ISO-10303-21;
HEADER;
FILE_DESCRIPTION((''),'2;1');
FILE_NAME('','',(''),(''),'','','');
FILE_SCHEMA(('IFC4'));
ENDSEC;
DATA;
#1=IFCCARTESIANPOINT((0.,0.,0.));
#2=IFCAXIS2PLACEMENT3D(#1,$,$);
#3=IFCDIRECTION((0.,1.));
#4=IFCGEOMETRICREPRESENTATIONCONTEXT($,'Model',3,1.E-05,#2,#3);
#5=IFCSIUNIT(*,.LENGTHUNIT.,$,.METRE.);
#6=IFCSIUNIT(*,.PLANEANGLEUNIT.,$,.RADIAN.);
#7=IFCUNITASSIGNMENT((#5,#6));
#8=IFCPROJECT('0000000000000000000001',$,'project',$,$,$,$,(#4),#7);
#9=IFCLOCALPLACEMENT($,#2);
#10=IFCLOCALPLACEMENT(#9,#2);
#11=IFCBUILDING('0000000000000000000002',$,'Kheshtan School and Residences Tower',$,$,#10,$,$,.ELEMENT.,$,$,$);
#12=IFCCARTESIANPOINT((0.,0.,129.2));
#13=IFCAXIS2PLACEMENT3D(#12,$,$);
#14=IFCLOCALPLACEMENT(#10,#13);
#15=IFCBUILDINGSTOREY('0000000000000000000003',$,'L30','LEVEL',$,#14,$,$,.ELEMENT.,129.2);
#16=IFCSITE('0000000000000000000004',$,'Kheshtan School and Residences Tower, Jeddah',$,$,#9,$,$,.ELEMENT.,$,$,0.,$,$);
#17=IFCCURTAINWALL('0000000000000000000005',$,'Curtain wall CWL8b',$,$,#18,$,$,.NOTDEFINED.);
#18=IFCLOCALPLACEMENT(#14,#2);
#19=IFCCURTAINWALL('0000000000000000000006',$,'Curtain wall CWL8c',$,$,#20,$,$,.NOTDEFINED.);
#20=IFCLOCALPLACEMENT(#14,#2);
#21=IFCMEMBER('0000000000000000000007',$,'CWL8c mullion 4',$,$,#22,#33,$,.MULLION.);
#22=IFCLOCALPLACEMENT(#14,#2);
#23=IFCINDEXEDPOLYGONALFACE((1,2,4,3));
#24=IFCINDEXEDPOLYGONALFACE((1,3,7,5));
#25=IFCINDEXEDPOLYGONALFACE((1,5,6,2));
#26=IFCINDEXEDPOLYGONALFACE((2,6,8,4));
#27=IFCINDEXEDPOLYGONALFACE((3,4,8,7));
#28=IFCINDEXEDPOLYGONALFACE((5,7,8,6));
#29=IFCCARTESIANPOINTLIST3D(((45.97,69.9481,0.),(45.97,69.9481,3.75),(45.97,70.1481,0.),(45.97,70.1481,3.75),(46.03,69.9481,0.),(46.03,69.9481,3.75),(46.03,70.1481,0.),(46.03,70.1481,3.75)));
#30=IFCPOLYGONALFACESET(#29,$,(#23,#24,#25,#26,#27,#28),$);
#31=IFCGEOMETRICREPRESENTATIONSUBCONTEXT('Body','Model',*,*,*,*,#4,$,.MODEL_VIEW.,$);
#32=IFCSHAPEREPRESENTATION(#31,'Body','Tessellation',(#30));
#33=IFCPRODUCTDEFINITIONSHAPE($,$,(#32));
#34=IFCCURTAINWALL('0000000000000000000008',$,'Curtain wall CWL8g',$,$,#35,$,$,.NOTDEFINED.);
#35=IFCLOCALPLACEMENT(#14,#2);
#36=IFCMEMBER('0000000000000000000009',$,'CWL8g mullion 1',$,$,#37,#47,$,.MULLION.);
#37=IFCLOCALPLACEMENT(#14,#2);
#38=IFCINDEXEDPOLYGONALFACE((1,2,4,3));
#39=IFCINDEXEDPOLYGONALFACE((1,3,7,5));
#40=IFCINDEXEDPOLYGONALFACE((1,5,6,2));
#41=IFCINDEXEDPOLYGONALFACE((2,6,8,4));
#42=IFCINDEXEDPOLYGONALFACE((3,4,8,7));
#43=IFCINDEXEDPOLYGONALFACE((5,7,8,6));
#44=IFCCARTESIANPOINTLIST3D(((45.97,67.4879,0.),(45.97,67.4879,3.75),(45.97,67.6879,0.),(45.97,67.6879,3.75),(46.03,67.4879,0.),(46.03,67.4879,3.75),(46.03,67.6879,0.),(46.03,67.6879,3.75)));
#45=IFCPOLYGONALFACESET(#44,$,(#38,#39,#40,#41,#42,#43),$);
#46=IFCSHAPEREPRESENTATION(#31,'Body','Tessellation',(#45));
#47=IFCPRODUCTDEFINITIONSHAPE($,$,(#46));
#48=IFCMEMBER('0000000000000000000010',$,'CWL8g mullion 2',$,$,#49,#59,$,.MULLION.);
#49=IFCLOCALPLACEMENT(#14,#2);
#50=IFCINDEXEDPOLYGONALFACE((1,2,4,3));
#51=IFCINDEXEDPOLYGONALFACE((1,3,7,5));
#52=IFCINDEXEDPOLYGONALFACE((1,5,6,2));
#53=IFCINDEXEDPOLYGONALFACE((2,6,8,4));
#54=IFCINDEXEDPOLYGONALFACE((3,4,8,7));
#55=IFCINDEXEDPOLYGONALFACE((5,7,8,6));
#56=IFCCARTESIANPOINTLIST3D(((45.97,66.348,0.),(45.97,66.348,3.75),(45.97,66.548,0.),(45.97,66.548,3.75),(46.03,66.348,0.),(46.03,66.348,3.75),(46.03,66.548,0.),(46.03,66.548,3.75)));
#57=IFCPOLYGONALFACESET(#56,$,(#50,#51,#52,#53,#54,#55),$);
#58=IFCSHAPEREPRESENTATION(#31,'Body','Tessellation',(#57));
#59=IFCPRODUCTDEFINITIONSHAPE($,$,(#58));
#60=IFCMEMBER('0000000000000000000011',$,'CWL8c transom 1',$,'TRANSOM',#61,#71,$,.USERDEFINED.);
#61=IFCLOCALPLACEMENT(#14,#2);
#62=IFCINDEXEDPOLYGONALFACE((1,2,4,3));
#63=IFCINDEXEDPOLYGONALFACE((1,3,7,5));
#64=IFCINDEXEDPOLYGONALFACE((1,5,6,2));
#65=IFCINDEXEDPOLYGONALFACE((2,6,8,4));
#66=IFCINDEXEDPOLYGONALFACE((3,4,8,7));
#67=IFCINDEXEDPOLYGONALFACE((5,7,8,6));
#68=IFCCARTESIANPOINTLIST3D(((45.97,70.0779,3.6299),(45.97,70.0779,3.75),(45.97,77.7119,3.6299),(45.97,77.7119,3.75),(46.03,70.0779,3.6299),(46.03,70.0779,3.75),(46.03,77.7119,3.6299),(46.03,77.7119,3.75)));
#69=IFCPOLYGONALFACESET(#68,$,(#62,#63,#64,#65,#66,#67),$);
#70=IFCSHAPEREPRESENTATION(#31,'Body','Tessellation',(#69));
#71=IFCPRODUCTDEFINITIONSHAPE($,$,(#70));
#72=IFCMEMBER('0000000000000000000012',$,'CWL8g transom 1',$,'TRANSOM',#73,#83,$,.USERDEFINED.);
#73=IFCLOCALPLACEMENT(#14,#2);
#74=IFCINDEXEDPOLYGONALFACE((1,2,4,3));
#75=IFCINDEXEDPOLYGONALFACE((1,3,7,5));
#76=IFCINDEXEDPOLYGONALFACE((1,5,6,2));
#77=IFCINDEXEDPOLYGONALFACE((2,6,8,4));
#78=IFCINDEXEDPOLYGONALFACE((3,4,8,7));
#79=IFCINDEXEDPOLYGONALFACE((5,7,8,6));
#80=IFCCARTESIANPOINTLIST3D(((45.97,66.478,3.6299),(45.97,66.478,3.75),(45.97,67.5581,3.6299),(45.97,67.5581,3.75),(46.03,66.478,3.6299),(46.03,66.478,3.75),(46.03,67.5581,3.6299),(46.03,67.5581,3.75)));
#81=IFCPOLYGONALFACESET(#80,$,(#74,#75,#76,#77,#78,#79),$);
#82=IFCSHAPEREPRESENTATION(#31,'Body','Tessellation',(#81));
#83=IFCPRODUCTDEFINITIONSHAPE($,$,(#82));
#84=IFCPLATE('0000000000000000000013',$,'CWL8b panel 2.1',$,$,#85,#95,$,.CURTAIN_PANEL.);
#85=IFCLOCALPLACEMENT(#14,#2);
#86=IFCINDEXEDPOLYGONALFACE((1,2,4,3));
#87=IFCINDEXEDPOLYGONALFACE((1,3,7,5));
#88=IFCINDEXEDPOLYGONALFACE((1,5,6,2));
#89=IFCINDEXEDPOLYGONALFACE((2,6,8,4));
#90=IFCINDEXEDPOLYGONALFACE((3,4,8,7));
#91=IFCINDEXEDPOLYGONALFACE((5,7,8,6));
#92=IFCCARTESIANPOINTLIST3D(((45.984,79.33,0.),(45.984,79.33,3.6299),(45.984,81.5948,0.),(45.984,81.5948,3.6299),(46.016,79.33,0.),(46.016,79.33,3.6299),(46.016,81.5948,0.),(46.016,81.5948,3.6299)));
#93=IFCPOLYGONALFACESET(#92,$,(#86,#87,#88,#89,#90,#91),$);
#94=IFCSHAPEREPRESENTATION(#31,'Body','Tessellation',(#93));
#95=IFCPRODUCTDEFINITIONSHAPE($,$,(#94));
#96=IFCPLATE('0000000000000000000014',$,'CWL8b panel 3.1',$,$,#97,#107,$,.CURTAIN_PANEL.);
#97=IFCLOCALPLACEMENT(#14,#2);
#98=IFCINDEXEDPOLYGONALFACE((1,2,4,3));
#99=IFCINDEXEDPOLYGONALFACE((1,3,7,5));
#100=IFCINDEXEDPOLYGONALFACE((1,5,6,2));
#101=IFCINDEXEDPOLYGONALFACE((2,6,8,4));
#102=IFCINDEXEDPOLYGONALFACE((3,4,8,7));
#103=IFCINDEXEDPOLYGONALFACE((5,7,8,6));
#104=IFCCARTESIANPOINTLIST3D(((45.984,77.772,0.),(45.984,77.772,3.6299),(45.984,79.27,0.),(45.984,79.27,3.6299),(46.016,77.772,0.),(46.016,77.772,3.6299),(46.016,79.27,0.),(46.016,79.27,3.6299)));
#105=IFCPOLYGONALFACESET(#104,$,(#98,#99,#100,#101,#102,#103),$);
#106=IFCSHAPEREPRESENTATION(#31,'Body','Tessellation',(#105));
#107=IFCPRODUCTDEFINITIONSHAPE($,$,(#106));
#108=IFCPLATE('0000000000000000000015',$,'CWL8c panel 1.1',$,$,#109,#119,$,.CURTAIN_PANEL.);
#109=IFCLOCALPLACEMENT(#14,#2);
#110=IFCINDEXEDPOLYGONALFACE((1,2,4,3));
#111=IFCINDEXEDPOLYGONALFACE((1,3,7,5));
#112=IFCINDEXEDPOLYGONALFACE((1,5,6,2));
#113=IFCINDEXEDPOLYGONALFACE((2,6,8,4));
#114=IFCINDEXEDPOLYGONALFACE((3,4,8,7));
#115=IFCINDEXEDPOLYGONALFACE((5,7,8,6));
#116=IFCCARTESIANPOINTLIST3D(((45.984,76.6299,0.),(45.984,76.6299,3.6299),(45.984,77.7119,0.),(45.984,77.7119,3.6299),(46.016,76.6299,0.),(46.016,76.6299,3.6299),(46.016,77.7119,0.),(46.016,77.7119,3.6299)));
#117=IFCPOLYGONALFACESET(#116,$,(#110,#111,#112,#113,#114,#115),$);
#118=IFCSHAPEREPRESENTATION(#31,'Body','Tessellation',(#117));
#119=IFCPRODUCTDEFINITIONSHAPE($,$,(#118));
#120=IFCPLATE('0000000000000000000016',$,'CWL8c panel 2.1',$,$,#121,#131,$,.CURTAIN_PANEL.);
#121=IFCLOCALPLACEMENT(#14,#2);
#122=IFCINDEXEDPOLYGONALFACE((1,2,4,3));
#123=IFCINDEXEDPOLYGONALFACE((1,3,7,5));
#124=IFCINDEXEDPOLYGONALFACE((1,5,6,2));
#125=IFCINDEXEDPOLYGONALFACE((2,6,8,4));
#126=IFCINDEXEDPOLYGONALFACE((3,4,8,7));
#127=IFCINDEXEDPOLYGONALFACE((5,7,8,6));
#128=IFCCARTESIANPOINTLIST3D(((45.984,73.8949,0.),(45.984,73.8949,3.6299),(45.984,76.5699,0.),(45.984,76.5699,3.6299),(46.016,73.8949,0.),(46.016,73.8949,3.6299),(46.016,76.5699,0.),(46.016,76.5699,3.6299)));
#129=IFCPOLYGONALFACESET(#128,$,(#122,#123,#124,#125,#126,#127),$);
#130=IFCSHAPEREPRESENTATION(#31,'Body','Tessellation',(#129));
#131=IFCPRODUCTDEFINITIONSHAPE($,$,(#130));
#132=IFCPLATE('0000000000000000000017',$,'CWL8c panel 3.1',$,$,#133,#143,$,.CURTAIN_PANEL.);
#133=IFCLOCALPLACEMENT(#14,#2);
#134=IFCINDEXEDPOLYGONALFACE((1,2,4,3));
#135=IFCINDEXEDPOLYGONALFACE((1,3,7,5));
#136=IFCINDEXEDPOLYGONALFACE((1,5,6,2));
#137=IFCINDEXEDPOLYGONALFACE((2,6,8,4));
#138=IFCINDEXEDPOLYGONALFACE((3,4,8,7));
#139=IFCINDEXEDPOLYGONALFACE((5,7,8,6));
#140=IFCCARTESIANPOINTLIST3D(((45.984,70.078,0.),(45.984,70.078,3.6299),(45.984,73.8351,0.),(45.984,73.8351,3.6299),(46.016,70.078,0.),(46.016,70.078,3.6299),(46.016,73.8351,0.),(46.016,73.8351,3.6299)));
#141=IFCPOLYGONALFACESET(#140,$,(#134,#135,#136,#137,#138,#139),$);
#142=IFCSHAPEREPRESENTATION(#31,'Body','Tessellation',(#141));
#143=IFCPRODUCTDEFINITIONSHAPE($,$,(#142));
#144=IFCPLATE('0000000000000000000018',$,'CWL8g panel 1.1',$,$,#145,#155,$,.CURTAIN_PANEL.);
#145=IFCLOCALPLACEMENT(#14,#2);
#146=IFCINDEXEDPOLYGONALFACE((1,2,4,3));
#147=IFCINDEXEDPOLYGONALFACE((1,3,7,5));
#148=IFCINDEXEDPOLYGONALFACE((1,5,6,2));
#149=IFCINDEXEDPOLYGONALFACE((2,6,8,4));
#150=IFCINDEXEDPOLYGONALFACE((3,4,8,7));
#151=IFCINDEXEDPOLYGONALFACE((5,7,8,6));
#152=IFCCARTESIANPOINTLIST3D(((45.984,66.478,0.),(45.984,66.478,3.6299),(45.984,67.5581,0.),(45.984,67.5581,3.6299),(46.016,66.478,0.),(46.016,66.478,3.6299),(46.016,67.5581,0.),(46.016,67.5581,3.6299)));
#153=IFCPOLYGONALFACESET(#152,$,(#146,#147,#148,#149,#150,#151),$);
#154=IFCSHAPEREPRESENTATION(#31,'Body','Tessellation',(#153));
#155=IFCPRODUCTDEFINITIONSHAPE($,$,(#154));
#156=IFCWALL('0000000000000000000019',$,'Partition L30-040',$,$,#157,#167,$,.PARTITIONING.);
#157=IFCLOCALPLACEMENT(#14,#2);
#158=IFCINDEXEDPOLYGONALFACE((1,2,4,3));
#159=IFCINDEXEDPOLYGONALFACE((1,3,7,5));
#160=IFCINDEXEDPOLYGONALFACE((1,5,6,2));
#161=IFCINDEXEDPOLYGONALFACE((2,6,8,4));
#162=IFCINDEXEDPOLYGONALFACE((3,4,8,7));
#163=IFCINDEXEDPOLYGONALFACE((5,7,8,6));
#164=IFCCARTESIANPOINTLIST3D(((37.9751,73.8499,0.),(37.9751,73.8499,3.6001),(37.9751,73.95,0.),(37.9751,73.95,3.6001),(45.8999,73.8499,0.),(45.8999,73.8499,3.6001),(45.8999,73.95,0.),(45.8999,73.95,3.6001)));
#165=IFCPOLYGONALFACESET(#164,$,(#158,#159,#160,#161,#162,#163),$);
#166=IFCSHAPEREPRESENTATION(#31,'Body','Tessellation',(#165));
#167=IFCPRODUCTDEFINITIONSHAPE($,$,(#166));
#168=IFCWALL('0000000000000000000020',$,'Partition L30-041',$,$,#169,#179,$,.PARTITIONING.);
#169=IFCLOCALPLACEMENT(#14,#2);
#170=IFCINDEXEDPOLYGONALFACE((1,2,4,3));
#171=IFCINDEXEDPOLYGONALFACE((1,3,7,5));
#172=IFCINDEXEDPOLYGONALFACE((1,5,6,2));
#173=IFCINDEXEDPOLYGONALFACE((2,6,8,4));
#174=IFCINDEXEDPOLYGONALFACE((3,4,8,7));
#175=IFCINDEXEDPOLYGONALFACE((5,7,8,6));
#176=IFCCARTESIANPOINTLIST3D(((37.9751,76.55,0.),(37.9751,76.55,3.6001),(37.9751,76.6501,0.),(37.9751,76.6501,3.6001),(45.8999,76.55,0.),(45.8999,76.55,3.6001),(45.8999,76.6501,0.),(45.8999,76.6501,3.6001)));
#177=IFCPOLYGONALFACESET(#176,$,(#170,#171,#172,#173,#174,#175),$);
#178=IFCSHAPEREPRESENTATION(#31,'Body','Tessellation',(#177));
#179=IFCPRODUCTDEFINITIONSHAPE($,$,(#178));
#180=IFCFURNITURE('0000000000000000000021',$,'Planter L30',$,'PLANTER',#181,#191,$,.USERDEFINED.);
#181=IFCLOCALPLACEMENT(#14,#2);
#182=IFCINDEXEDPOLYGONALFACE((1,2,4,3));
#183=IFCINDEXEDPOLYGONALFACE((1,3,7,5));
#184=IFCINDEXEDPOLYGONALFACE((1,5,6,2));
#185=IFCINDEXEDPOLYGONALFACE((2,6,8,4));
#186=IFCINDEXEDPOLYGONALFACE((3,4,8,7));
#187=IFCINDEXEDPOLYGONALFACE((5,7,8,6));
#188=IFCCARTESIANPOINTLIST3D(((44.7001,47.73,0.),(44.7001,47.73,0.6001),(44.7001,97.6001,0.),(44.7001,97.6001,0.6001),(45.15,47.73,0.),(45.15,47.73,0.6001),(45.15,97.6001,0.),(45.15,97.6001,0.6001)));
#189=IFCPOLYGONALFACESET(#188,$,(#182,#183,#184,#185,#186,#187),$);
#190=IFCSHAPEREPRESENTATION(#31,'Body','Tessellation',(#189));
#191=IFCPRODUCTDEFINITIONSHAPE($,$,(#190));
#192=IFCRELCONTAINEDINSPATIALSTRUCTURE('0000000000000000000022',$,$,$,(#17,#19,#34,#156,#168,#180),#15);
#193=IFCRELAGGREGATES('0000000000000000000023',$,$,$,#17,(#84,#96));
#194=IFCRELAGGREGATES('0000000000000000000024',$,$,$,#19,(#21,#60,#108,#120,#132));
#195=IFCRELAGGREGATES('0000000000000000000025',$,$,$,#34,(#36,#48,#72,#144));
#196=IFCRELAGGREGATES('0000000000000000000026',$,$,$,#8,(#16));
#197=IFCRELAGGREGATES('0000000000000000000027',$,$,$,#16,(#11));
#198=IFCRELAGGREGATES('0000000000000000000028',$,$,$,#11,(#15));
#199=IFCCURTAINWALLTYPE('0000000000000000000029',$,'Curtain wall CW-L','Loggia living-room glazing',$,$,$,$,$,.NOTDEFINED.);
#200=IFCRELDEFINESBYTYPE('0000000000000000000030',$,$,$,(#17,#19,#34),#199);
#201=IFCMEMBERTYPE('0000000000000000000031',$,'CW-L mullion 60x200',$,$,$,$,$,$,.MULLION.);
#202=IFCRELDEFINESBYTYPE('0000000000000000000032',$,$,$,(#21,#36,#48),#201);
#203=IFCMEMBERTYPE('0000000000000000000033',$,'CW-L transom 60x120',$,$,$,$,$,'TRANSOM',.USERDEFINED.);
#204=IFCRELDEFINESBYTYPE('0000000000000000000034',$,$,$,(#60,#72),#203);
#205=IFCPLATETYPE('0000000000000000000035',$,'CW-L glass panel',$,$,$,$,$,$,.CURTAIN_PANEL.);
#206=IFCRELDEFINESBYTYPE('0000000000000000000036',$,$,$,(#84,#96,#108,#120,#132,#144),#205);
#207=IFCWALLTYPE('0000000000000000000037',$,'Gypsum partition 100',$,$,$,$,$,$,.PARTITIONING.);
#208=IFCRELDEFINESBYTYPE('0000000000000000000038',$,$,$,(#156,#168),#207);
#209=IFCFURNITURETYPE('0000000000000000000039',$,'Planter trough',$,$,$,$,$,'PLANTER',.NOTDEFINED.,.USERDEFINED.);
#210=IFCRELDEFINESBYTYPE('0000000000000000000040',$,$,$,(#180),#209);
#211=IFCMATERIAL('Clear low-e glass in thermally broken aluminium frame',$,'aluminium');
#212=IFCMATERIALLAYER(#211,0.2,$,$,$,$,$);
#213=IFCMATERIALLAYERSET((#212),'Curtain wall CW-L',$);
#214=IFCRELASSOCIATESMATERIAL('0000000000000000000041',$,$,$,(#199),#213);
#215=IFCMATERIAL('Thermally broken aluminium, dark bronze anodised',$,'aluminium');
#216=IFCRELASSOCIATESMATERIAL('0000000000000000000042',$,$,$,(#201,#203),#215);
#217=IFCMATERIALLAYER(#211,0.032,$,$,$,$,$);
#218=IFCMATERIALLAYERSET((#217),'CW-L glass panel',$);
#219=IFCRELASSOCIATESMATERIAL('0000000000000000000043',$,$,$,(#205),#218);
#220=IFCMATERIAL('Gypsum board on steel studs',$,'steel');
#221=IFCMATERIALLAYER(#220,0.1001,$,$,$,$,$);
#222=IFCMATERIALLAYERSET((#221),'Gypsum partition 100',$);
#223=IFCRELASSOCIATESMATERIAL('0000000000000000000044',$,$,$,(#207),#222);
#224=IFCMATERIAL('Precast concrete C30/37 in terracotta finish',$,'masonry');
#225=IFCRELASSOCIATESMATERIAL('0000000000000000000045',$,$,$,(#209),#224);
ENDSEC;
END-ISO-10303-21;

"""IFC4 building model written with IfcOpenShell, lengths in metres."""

from ifc_helpers import new_model, si_unit, direction, frame, frame_2d, origin, origin_2d, place, context, subcontext, project, spatial, rectangle, extrude, material, layer, layer_set, material_profile, profile_set, type_object, element, aggregate, save


model = new_model("IFC4")

# Units and contexts
model_context = context("Model", 3, precision=1e-05, world=origin(), true_north=direction((0.0, 1.0)))
body_context = subcontext(model_context, "Body", "Model", "MODEL_VIEW")
ifc_project = project(units=[si_unit("LENGTHUNIT", "METRE"), si_unit("PLANEANGLEUNIT", "RADIAN")], contexts=[model_context])

# Site, building, storey
site_placement = place(None, origin())
site = spatial("IfcSite", under=ifc_project, at=site_placement, Name="Kheshtan School and Residences Tower, Jeddah", CompositionType="ELEMENT", RefElevation=0.0)
building_placement = place(site_placement, origin())
building = spatial("IfcBuilding", under=site, at=building_placement, Name="Kheshtan School and Residences Tower", CompositionType="ELEMENT")
storey_placement = place(building_placement, frame((0.0, 0.0, 129.2)))
storey = spatial("IfcBuildingStorey", under=building, at=storey_placement, Name="L30", Description="LEVEL", CompositionType="ELEMENT", Elevation=129.2)

# Curtain walls, members
ifc_material_1 = material(Name="Clear low-e glass in thermally broken aluminium frame", Category="aluminium")
ifc_layer_1 = layer(ifc_material_1, 0.2)
ifc_layer_set_1 = layer_set([ifc_layer_1], Name="Curtain wall CW-L")
curtain_wall_type = type_object("IfcCurtainWallType", Name="Curtain wall CW-L", Description="Loggia living-room glazing", PredefinedType="NOTDEFINED", material=ifc_layer_set_1)
curtain_wall_1_placement = place(storey_placement, origin())
curtain_wall_1 = element("IfcCurtainWall", 1, at=curtain_wall_1_placement, inside=storey, type_object=curtain_wall_type, Name="Curtain wall CWL8b", PredefinedType="NOTDEFINED")
ifc_material_2 = material(Name="Thermally broken aluminium, dark bronze anodised", Category="aluminium")
ifc_material_profile_1 = material_profile(ifc_material_2, rectangle(XDim=0.0601, YDim=0.2, at=origin_2d()), Name="CW-L mullion 60x200")
ifc_profile_set_1 = profile_set([ifc_material_profile_1], Name="Thermally broken aluminium, dark bronze anodised")
member_type_1 = type_object("IfcMemberType", Name="CW-L mullion 60x200", PredefinedType="MULLION", material=ifc_profile_set_1)
curtain_wall_2_placement = place(storey_placement, origin())
curtain_wall_2 = element("IfcCurtainWall", 2, at=curtain_wall_2_placement, inside=storey, type_object=curtain_wall_type, Name="Curtain wall CWL8c", PredefinedType="NOTDEFINED")
member_1_placement = place(storey_placement, frame((46.0, 70.0481, 0.0), z_axis=(0.0, 0.0, 1.0), x_axis=(1.0, 0.0, 0.0)))
member_1 = element("IfcMember", 3, at=member_1_placement, type_object=member_type_1, Name="CWL8c mullion 4", PredefinedType="MULLION", context=body_context, shape_type="SweptSolid", body=[
    extrude(rectangle(XDim=0.0601, YDim=0.2, at=origin_2d()), origin(), (0.0, 0.0, 1.0), 3.75),
])
curtain_wall_3_placement = place(storey_placement, origin())
curtain_wall_3 = element("IfcCurtainWall", 4, at=curtain_wall_3_placement, inside=storey, type_object=curtain_wall_type, Name="Curtain wall CWL8g", PredefinedType="NOTDEFINED")
member_2_placement = place(storey_placement, frame((46.0, 67.5879, 0.0), z_axis=(0.0, 0.0, 1.0), x_axis=(1.0, 0.0, 0.0)))
member_2 = element("IfcMember", 5, at=member_2_placement, type_object=member_type_1, Name="CWL8g mullion 1", PredefinedType="MULLION", context=body_context, shape_type="SweptSolid", body=[
    extrude(rectangle(XDim=0.0601, YDim=0.2, at=origin_2d()), origin(), (0.0, 0.0, 1.0), 3.75),
])
member_3_placement = place(storey_placement, frame((46.0, 66.448, 0.0), z_axis=(0.0, 0.0, 1.0), x_axis=(1.0, 0.0, 0.0)))
member_3 = element("IfcMember", 6, at=member_3_placement, type_object=member_type_1, Name="CWL8g mullion 2", PredefinedType="MULLION", context=body_context, shape_type="SweptSolid", body=[
    extrude(rectangle(XDim=0.0601, YDim=0.2, at=origin_2d()), origin(), (0.0, 0.0, 1.0), 3.75),
])

# Members
ifc_material_profile_2 = material_profile(ifc_material_2, rectangle(XDim=0.0601, YDim=0.1201, at=origin_2d()), Name="CW-L transom 60x120")
ifc_profile_set_2 = profile_set([ifc_material_profile_2], Name="Thermally broken aluminium, dark bronze anodised")
member_type_2 = type_object("IfcMemberType", Name="CW-L transom 60x120", ElementType="TRANSOM", PredefinedType="USERDEFINED", material=ifc_profile_set_2)
member_4_placement = place(storey_placement, frame((46.0, 77.7119, 3.6899), z_axis=(0.0, -1.0, 0.0), x_axis=(1.0, 0.0, 0.0)))
member_4 = element("IfcMember", 7, at=member_4_placement, type_object=member_type_2, Name="CWL8c transom 1", ObjectType="TRANSOM", PredefinedType="USERDEFINED", context=body_context, shape_type="SweptSolid", body=[
    extrude(rectangle(XDim=0.0601, YDim=0.1201, at=origin_2d()), origin(), (0.0, 0.0, 1.0), 7.634),
])
member_5_placement = place(storey_placement, frame((46.0, 67.5581, 3.6899), z_axis=(0.0, -1.0, 0.0), x_axis=(1.0, 0.0, 0.0)))
member_5 = element("IfcMember", 8, at=member_5_placement, type_object=member_type_2, Name="CWL8g transom 1", ObjectType="TRANSOM", PredefinedType="USERDEFINED", context=body_context, shape_type="SweptSolid", body=[
    extrude(rectangle(XDim=0.0601, YDim=0.1201, at=origin_2d()), origin(), (0.0, 0.0, 1.0), 1.0801),
])

# Plates
ifc_layer_2 = layer(ifc_material_1, 0.032)
ifc_layer_set_2 = layer_set([ifc_layer_2], Name="CW-L glass panel")
plate_type = type_object("IfcPlateType", Name="CW-L glass panel", PredefinedType="CURTAIN_PANEL", material=ifc_layer_set_2)
plate_1_placement = place(storey_placement, frame((46.0, 80.4624, 0.0), z_axis=(0.0, 0.0, 1.0), x_axis=(0.0, -1.0, 0.0)))
plate_1 = element("IfcPlate", 9, at=plate_1_placement, type_object=plate_type, Name="CWL8b panel 2.1", PredefinedType="CURTAIN_PANEL", context=body_context, shape_type="SweptSolid", body=[
    extrude(rectangle(XDim=2.2649, YDim=0.032, at=origin_2d()), origin(), (0.0, 0.0, 1.0), 3.6299),
])
plate_2_placement = place(storey_placement, frame((46.0, 78.521, 0.0), z_axis=(0.0, 0.0, 1.0), x_axis=(0.0, -1.0, 0.0)))
plate_2 = element("IfcPlate", 10, at=plate_2_placement, type_object=plate_type, Name="CWL8b panel 3.1", PredefinedType="CURTAIN_PANEL", context=body_context, shape_type="SweptSolid", body=[
    extrude(rectangle(XDim=1.498, YDim=0.032, at=origin_2d()), origin(), (0.0, 0.0, 1.0), 3.6299),
])
aggregate(curtain_wall_1, [plate_1, plate_2])
plate_3_placement = place(storey_placement, frame((46.0, 77.1709, 0.0), z_axis=(0.0, 0.0, 1.0), x_axis=(0.0, -1.0, 0.0)))
plate_3 = element("IfcPlate", 11, at=plate_3_placement, type_object=plate_type, Name="CWL8c panel 1.1", PredefinedType="CURTAIN_PANEL", context=body_context, shape_type="SweptSolid", body=[
    extrude(rectangle(XDim=1.082, YDim=0.032, at=origin_2d()), origin(), (0.0, 0.0, 1.0), 3.6299),
])
plate_4_placement = place(storey_placement, frame((46.0, 75.2324, 0.0), z_axis=(0.0, 0.0, 1.0), x_axis=(0.0, -1.0, 0.0)))
plate_4 = element("IfcPlate", 12, at=plate_4_placement, type_object=plate_type, Name="CWL8c panel 2.1", PredefinedType="CURTAIN_PANEL", context=body_context, shape_type="SweptSolid", body=[
    extrude(rectangle(XDim=2.675, YDim=0.032, at=origin_2d()), origin(), (0.0, 0.0, 1.0), 3.6299),
])
plate_5_placement = place(storey_placement, frame((46.0, 71.9565, 0.0), z_axis=(0.0, 0.0, 1.0), x_axis=(0.0, -1.0, 0.0)))
plate_5 = element("IfcPlate", 13, at=plate_5_placement, type_object=plate_type, Name="CWL8c panel 3.1", PredefinedType="CURTAIN_PANEL", context=body_context, shape_type="SweptSolid", body=[
    extrude(rectangle(XDim=3.7571, YDim=0.032, at=origin_2d()), origin(), (0.0, 0.0, 1.0), 3.6299),
])
aggregate(curtain_wall_2, [member_1, member_4, plate_3, plate_4, plate_5])
plate_6_placement = place(storey_placement, frame((46.0, 67.0181, 0.0), z_axis=(0.0, 0.0, 1.0), x_axis=(0.0, -1.0, 0.0)))
plate_6 = element("IfcPlate", 14, at=plate_6_placement, type_object=plate_type, Name="CWL8g panel 1.1", PredefinedType="CURTAIN_PANEL", context=body_context, shape_type="SweptSolid", body=[
    extrude(rectangle(XDim=1.0801, YDim=0.032, at=origin_2d()), origin(), (0.0, 0.0, 1.0), 3.6299),
])
aggregate(curtain_wall_3, [member_2, member_3, member_5, plate_6])

# Walls
ifc_material_3 = material(Name="Gypsum board on steel studs", Category="steel")
ifc_layer_3 = layer(ifc_material_3, 0.1001)
ifc_layer_set_3 = layer_set([ifc_layer_3], Name="Gypsum partition 100")
wall_type_1 = type_object("IfcWallType", Name="Gypsum partition 100", PredefinedType="PARTITIONING", material=ifc_layer_set_3)
for number, where, z_axis, x_axis, name in (
    (15, (37.9751, 73.8999, 0.0), (0.0, 0.0, 1.0), (1.0, 0.0, 0.0), "Partition L30-040"),
    (16, (37.9751, 76.6001, 0.0), (0.0, 0.0, 1.0), (1.0, 0.0, 0.0), "Partition L30-041"),
):
    element("IfcWall", number, at=place(storey_placement, frame(where, z_axis=z_axis, x_axis=x_axis)), inside=storey, type_object=wall_type_1, Name=name, PredefinedType="PARTITIONING", context=body_context, shape_type="SweptSolid", body=[
        extrude(rectangle(XDim=7.9248, YDim=0.1001, at=frame_2d((3.9624, 0.0))), origin(), (0.0, 0.0, 1.0), 3.6001),
    ])

# Furniture
ifc_material_4 = material(Name="Precast concrete C30/37 in terracotta finish", Category="masonry")
furniture_type = type_object("IfcFurnitureType", Name="Planter trough", ElementType="PLANTER", AssemblyPlace="NOTDEFINED", PredefinedType="USERDEFINED", material=ifc_material_4)
furniture_placement = place(storey_placement, frame((44.925, 72.665, 0.0), z_axis=(0.0, 0.0, 1.0), x_axis=(0.0, -1.0, 0.0)))
element("IfcFurniture", 17, at=furniture_placement, inside=storey, type_object=furniture_type, Name="Planter L30", ObjectType="PLANTER", PredefinedType="USERDEFINED", context=body_context, shape_type="SweptSolid", body=[
    extrude(rectangle(XDim=49.8701, YDim=0.45, at=origin_2d()), origin(), (0.0, 0.0, 1.0), 0.6001),
])

save(model, "model.ifc")
